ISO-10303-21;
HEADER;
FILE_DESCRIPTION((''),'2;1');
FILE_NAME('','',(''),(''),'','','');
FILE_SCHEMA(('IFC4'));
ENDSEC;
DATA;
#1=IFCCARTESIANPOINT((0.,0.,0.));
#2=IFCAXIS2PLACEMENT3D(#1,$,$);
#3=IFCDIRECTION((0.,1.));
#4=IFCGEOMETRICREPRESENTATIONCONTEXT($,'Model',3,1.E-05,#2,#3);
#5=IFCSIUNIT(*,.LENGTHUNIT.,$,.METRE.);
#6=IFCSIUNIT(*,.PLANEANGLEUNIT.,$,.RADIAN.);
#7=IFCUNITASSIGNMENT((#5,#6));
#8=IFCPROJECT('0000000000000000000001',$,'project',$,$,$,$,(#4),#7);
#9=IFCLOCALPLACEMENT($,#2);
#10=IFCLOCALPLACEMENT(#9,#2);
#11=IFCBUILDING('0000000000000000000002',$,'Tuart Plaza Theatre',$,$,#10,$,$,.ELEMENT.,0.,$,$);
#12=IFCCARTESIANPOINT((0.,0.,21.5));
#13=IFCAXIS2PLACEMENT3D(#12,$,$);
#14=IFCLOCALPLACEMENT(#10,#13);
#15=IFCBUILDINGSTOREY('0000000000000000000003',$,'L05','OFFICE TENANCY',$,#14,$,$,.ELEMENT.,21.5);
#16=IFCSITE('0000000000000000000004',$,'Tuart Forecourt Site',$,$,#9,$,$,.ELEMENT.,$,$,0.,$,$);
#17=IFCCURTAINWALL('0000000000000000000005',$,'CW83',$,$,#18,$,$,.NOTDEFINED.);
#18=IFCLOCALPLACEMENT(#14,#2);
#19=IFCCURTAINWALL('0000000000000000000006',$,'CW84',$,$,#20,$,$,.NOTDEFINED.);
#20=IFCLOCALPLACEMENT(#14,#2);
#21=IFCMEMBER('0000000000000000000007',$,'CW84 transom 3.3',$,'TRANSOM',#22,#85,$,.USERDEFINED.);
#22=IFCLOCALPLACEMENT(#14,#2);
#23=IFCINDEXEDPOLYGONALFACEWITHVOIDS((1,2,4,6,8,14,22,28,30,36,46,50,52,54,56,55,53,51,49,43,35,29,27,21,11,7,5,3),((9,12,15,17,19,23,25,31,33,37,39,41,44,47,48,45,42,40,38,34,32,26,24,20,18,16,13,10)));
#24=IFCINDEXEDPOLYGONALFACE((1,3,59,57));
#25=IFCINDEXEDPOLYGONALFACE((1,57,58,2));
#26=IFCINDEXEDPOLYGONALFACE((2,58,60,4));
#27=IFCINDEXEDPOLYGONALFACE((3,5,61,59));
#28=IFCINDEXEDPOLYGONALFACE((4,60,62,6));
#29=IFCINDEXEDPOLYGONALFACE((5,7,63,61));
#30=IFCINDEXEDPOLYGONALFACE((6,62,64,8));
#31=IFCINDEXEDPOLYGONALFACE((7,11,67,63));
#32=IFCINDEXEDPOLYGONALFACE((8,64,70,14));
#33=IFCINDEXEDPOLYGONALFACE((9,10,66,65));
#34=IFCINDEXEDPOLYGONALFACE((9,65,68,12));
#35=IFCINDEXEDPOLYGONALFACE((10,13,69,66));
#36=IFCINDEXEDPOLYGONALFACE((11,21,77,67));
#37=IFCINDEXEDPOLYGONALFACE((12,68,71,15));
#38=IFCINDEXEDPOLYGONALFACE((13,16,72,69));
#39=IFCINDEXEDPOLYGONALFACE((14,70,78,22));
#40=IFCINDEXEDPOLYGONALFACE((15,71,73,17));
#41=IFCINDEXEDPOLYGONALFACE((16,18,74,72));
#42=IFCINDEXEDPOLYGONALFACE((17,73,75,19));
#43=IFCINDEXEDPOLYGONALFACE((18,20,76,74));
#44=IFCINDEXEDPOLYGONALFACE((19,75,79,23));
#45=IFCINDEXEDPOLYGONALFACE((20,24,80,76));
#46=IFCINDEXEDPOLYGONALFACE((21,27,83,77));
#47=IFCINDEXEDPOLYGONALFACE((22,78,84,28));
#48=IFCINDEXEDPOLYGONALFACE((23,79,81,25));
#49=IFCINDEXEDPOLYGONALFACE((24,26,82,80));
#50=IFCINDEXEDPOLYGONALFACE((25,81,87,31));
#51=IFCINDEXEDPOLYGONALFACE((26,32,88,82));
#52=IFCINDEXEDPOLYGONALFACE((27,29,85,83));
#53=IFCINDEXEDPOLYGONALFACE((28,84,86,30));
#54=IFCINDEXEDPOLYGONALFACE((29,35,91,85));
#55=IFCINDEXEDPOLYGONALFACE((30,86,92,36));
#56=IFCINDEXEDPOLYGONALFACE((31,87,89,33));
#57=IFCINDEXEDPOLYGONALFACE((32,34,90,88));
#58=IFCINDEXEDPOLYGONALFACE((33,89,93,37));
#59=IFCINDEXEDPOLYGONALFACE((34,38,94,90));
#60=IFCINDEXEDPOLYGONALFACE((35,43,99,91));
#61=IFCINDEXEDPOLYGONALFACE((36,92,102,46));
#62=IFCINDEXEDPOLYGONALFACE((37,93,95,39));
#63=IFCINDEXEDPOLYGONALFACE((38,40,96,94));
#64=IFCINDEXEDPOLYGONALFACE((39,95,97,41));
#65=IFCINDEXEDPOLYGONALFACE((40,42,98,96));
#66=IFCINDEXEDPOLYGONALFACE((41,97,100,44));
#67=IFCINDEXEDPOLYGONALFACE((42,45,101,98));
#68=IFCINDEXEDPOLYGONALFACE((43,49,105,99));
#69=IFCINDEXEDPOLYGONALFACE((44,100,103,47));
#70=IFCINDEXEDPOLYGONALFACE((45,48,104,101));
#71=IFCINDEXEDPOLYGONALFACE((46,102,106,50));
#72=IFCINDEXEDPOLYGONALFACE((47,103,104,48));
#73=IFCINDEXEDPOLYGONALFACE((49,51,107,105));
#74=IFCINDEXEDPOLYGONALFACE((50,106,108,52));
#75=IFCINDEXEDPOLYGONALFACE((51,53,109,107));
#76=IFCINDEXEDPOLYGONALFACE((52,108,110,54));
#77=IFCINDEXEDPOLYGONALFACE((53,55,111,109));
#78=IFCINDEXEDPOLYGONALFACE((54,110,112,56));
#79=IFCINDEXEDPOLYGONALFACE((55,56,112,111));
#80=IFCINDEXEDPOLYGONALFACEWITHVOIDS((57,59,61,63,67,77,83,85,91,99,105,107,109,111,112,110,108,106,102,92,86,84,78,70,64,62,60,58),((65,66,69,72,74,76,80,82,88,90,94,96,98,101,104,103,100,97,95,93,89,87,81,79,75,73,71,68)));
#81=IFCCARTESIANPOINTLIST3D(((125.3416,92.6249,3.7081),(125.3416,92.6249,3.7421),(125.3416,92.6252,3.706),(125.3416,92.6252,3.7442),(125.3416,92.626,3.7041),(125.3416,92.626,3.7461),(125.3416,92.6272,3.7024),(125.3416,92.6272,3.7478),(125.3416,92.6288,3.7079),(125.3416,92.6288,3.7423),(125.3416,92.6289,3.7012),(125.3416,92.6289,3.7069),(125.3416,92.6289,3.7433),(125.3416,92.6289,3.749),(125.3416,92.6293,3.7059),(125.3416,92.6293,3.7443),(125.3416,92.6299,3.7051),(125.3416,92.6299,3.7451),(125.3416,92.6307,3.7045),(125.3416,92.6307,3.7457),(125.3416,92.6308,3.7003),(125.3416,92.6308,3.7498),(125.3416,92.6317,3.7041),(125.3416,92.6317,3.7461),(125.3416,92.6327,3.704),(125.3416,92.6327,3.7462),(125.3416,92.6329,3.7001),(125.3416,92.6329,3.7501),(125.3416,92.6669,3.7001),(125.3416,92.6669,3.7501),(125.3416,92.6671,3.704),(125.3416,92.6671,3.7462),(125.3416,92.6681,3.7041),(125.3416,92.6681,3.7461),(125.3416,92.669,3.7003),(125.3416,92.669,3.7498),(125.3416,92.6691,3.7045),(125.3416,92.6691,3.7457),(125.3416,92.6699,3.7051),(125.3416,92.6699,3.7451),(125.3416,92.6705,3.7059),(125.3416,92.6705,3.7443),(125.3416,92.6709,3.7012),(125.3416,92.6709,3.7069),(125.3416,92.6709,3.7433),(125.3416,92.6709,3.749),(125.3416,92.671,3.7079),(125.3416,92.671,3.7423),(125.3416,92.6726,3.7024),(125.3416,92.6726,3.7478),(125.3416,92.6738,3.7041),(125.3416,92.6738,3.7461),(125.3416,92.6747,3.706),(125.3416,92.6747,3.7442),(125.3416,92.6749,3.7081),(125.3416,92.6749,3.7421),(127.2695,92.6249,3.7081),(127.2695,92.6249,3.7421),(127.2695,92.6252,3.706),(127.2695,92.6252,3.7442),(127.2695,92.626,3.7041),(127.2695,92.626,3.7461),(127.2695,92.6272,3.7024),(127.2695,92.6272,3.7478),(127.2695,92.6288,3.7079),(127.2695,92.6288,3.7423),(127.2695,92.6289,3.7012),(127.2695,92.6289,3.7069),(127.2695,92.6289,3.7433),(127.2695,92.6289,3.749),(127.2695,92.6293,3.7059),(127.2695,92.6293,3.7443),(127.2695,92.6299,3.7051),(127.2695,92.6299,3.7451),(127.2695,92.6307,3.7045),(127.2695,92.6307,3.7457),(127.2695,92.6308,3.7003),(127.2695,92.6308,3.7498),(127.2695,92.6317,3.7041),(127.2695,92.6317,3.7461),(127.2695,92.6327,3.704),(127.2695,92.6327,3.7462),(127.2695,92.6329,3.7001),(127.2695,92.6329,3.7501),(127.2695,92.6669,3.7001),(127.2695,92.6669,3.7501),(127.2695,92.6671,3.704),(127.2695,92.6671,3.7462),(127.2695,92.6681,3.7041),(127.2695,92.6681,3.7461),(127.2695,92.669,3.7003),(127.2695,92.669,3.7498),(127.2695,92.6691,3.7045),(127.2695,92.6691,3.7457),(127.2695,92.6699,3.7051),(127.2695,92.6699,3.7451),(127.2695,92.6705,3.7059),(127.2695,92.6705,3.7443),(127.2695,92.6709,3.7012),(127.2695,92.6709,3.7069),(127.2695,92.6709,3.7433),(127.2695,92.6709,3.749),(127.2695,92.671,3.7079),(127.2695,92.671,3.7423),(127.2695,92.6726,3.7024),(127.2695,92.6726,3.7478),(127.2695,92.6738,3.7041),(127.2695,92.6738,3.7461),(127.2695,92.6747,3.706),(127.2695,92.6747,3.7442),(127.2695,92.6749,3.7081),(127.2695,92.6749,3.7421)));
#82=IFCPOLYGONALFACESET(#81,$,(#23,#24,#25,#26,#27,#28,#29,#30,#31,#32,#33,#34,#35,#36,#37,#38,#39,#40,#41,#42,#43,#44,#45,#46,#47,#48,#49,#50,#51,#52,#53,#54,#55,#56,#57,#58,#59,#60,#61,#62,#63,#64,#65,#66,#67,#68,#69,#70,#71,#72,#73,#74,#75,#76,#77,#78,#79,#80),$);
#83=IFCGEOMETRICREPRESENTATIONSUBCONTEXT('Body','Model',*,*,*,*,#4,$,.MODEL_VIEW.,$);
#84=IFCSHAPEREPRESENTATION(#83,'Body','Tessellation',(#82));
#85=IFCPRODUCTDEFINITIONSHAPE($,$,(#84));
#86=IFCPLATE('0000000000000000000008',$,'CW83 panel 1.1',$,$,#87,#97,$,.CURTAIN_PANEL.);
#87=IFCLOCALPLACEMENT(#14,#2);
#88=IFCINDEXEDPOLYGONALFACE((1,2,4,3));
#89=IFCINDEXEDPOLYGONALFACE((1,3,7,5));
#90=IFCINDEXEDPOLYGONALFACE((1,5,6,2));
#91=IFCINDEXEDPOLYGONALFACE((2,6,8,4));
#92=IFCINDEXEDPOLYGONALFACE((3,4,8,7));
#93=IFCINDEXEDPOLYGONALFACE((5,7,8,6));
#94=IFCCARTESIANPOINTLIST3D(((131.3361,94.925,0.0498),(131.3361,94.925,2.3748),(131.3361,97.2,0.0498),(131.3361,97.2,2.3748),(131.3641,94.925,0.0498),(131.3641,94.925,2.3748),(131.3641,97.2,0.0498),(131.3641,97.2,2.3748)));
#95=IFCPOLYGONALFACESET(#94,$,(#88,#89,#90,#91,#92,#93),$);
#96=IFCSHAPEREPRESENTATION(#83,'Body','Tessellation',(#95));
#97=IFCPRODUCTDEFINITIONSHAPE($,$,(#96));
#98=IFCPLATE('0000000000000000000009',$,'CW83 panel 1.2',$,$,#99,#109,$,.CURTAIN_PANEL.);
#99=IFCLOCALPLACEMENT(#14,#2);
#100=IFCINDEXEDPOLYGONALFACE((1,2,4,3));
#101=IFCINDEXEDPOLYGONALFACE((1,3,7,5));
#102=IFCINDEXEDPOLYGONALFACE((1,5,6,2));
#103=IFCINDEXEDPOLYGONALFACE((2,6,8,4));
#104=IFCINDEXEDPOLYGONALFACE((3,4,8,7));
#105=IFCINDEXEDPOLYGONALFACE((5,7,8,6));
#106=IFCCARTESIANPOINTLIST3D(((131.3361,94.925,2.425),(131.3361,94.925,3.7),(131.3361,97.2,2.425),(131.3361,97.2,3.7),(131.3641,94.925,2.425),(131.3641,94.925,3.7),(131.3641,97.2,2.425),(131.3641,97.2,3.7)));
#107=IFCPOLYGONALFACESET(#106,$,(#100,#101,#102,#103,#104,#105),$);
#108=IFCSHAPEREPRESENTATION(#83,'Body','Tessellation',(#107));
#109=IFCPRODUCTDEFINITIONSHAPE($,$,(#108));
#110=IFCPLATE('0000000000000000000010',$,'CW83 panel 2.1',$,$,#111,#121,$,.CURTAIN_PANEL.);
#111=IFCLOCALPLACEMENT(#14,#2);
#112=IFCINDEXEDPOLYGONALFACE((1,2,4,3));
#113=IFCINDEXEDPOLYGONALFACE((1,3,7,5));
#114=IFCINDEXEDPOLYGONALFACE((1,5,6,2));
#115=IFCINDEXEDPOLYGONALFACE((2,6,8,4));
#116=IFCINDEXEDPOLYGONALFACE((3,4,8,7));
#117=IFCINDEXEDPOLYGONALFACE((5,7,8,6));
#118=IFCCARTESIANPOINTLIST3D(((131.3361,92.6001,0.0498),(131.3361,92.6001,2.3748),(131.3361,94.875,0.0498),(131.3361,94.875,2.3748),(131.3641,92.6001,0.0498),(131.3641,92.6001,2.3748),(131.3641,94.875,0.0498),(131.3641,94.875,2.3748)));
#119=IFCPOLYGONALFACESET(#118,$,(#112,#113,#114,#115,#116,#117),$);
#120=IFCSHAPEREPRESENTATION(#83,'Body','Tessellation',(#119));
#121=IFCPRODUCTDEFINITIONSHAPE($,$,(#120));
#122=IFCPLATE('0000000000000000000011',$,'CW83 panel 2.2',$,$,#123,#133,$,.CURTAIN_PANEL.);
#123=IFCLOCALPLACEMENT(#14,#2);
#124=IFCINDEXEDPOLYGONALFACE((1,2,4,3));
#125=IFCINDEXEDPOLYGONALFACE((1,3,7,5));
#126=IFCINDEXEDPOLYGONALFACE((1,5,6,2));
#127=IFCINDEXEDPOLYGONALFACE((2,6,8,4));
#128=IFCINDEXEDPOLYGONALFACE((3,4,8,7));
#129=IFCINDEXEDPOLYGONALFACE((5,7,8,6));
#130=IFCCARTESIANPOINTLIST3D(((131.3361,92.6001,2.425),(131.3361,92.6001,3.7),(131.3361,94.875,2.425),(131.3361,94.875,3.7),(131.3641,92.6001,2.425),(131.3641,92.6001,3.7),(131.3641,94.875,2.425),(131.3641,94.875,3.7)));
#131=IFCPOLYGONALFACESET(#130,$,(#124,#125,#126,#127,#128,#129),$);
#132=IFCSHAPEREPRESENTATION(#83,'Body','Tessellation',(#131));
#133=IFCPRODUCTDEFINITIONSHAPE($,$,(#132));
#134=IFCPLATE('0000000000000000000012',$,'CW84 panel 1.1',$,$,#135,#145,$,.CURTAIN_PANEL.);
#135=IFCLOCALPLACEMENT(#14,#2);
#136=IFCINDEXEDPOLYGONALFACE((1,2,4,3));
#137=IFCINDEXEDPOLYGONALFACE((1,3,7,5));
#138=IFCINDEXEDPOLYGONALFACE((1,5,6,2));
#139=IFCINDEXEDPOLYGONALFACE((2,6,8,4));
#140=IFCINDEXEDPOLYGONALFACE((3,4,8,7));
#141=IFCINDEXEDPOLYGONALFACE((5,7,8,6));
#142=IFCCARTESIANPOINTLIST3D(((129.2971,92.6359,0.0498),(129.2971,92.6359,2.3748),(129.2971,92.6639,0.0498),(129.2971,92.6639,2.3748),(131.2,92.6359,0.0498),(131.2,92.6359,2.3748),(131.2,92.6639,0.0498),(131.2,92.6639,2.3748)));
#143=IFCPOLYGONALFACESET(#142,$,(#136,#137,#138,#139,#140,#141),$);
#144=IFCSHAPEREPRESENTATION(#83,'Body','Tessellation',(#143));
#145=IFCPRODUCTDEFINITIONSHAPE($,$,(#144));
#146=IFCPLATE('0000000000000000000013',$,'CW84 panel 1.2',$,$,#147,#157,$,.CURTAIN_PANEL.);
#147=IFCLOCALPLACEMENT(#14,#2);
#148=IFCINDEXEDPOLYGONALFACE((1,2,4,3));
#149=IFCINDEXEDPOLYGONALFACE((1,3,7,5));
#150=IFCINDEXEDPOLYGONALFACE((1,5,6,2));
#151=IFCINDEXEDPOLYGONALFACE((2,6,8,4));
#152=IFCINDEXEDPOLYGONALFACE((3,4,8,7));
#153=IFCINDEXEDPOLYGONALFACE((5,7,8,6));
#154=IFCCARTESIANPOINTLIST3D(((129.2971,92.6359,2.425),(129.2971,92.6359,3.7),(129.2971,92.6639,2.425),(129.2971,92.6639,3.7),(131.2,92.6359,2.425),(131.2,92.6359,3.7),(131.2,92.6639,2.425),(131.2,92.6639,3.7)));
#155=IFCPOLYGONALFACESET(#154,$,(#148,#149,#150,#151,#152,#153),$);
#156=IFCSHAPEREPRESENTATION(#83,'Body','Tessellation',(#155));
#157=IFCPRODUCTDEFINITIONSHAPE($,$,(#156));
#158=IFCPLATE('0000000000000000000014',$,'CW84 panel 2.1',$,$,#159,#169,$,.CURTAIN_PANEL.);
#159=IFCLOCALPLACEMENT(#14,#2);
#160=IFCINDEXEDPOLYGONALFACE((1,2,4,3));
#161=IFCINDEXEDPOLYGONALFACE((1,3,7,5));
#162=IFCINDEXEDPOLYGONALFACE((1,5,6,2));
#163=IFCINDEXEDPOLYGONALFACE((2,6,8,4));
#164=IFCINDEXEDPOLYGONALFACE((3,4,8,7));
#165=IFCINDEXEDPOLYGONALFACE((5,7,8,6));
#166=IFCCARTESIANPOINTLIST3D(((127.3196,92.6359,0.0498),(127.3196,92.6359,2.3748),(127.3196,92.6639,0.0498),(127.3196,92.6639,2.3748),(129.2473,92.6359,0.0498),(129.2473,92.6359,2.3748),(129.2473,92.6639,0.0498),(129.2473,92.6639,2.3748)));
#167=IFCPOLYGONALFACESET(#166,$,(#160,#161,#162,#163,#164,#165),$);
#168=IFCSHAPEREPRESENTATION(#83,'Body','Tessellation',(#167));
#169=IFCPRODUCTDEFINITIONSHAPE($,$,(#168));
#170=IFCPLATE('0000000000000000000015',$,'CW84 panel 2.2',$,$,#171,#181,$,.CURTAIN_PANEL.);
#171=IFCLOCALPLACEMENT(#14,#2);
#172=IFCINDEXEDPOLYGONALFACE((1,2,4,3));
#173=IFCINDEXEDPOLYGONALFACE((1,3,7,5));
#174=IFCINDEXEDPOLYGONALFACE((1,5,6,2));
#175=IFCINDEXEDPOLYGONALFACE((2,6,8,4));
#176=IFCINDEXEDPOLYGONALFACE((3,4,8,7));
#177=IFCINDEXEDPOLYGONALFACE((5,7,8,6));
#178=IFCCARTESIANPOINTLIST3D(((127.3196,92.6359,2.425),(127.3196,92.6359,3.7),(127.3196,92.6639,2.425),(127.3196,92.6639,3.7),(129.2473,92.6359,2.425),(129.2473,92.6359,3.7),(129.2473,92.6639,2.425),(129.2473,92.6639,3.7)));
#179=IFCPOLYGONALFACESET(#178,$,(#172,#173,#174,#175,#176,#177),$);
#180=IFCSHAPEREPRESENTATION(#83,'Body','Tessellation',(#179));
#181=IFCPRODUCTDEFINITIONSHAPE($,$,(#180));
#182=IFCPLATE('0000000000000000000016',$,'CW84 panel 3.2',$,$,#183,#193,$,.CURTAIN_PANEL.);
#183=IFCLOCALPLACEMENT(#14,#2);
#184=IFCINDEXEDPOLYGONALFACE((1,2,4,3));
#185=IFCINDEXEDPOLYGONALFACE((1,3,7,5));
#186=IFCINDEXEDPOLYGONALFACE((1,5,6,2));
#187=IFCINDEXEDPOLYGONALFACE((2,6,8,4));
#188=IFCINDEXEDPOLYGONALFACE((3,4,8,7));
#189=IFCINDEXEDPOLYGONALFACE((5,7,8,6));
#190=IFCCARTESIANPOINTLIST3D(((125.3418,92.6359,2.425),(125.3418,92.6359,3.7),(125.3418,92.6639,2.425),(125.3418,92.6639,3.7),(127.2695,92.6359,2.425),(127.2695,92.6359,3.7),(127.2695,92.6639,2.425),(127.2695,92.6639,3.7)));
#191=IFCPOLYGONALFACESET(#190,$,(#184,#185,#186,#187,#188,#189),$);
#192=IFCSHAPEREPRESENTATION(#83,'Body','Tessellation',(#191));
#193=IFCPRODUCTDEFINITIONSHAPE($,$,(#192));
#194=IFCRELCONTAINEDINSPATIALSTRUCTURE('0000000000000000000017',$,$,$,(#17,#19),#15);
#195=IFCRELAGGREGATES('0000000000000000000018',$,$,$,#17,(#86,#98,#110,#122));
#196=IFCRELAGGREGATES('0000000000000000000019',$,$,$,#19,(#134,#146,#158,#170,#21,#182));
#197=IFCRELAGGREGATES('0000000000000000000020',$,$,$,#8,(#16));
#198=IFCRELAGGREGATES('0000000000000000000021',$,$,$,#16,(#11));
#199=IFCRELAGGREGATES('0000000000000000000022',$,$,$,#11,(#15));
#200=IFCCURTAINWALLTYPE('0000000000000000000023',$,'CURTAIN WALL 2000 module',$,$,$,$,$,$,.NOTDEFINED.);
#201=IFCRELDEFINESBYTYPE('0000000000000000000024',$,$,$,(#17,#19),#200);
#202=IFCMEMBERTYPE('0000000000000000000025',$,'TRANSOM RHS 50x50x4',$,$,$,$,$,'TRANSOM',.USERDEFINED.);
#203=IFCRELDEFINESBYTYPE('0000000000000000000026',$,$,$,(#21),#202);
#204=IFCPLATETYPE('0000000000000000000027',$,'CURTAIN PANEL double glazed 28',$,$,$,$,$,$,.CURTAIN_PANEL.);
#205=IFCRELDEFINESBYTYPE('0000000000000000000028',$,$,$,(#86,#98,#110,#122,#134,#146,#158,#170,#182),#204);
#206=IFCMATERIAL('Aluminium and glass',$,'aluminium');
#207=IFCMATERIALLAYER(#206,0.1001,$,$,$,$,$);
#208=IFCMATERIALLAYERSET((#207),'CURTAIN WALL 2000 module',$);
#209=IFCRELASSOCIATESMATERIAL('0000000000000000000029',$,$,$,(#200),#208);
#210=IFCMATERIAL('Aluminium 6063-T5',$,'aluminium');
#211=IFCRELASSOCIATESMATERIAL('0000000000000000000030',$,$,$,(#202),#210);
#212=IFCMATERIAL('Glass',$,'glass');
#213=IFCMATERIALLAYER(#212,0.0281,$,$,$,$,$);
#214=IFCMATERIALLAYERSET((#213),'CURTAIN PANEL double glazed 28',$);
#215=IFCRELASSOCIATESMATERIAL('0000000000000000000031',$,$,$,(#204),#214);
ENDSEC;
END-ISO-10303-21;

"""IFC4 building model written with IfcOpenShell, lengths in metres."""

from ifc_helpers import new_model, si_unit, direction, frame, origin, origin_2d, place, context, subcontext, project, spatial, rectangle, hollow_rectangle, extrude, material, layer, layer_set, material_profile, profile_set, type_object, element, aggregate, save


model = new_model("IFC4")

# Units and contexts
model_context = context("Model", 3, precision=1e-05, world=origin(), true_north=direction((0.0, 1.0)))
body_context = subcontext(model_context, "Body", "Model", "MODEL_VIEW")
ifc_project = project(units=[si_unit("LENGTHUNIT", "METRE"), si_unit("PLANEANGLEUNIT", "RADIAN")], contexts=[model_context])

# Site, building, storey
site_placement = place(None, origin())
site = spatial("IfcSite", under=ifc_project, at=site_placement, Name="Tuart Forecourt Site", CompositionType="ELEMENT", RefElevation=0.0)
building_placement = place(site_placement, origin())
building = spatial("IfcBuilding", under=site, at=building_placement, Name="Tuart Plaza Theatre", CompositionType="ELEMENT", ElevationOfRefHeight=0.0)
storey_placement = place(building_placement, frame((0.0, 0.0, 21.5)))
storey = spatial("IfcBuildingStorey", under=building, at=storey_placement, Name="L05", Description="OFFICE TENANCY", CompositionType="ELEMENT", Elevation=21.5)

# Curtain wall
ifc_material_1 = material(Name="Aluminium and glass", Category="aluminium")
ifc_layer_1 = layer(ifc_material_1, 0.1001)
ifc_layer_set_1 = layer_set([ifc_layer_1], Name="CURTAIN WALL 2000 module")
curtain_wall_type = type_object("IfcCurtainWallType", Name="CURTAIN WALL 2000 module", PredefinedType="NOTDEFINED", material=ifc_layer_set_1)
curtain_wall_1_placement = place(storey_placement, origin())
curtain_wall_1 = element("IfcCurtainWall", 1, at=curtain_wall_1_placement, inside=storey, type_object=curtain_wall_type, Name="CW83", PredefinedType="NOTDEFINED")

# Curtain wall
curtain_wall_2_placement = place(storey_placement, origin())
curtain_wall_2 = element("IfcCurtainWall", 2, at=curtain_wall_2_placement, inside=storey, type_object=curtain_wall_type, Name="CW84", PredefinedType="NOTDEFINED")

# Member
ifc_material_2 = material(Name="Aluminium 6063-T5", Category="aluminium")
ifc_material_profile_1 = material_profile(ifc_material_2, hollow_rectangle(XDim=0.05, YDim=0.05, WallThickness=0.0039, InnerFilletRadius=0.0039, OuterFilletRadius=0.0081, at=origin_2d()), Name="RHS 50x50x4")
ifc_profile_set_1 = profile_set([ifc_material_profile_1], Name="Aluminium 6063-T5")
member_type_1 = type_object("IfcMemberType", Name="TRANSOM RHS 50x50x4", ElementType="TRANSOM", PredefinedType="USERDEFINED", material=ifc_profile_set_1)
member_1_placement = place(storey_placement, frame((127.2695, 92.6499, 3.7251), z_axis=(-1.0, 0.0, 0.0), x_axis=(0.0, -1.0, 0.0)))
member_1 = element("IfcMember", 3, at=member_1_placement, type_object=member_type_1, Name="CW84 transom 3.3", ObjectType="TRANSOM", PredefinedType="USERDEFINED", context=body_context, shape_type="SweptSolid", body=[
    extrude(hollow_rectangle(XDim=0.05, YDim=0.05, WallThickness=0.0039, InnerFilletRadius=0.0039, OuterFilletRadius=0.0081, at=origin_2d()), origin(), (0.0, 0.0, 1.0), 1.928),
])

# Plates
ifc_material_3 = material(Name="Glass", Category="glass")
ifc_layer_2 = layer(ifc_material_3, 0.0281)
ifc_layer_set_2 = layer_set([ifc_layer_2], Name="CURTAIN PANEL double glazed 28")
plate_type = type_object("IfcPlateType", Name="CURTAIN PANEL double glazed 28", PredefinedType="CURTAIN_PANEL", material=ifc_layer_set_2)
plate_1_placement = place(storey_placement, frame((131.3501, 96.0625, 0.0498), z_axis=(0.0, 0.0, 1.0), x_axis=(0.0, -1.0, 0.0)))
plate_1 = element("IfcPlate", 4, at=plate_1_placement, type_object=plate_type, Name="CW83 panel 1.1", PredefinedType="CURTAIN_PANEL", context=body_context, shape_type="SweptSolid", body=[
    extrude(rectangle(XDim=2.2749, YDim=0.0281, at=origin_2d()), origin(), (0.0, 0.0, 1.0), 2.325),
])
plate_2_placement = place(storey_placement, frame((131.3501, 96.0625, 2.425), z_axis=(0.0, 0.0, 1.0), x_axis=(0.0, -1.0, 0.0)))
plate_2 = element("IfcPlate", 5, at=plate_2_placement, type_object=plate_type, Name="CW83 panel 1.2", PredefinedType="CURTAIN_PANEL", context=body_context, shape_type="SweptSolid", body=[
    extrude(rectangle(XDim=2.2749, YDim=0.0281, at=origin_2d()), origin(), (0.0, 0.0, 1.0), 1.2749),
])
plate_3_placement = place(storey_placement, frame((131.3501, 93.7375, 0.0498), z_axis=(0.0, 0.0, 1.0), x_axis=(0.0, -1.0, 0.0)))
plate_3 = element("IfcPlate", 6, at=plate_3_placement, type_object=plate_type, Name="CW83 panel 2.1", PredefinedType="CURTAIN_PANEL", context=body_context, shape_type="SweptSolid", body=[
    extrude(rectangle(XDim=2.2749, YDim=0.0281, at=origin_2d()), origin(), (0.0, 0.0, 1.0), 2.325),
])
plate_4_placement = place(storey_placement, frame((131.3501, 93.7375, 2.425), z_axis=(0.0, 0.0, 1.0), x_axis=(0.0, -1.0, 0.0)))
plate_4 = element("IfcPlate", 7, at=plate_4_placement, type_object=plate_type, Name="CW83 panel 2.2", PredefinedType="CURTAIN_PANEL", context=body_context, shape_type="SweptSolid", body=[
    extrude(rectangle(XDim=2.2749, YDim=0.0281, at=origin_2d()), origin(), (0.0, 0.0, 1.0), 1.2749),
])
aggregate(curtain_wall_1, [plate_1, plate_2, plate_3, plate_4])
plate_5_placement = place(storey_placement, frame((130.2485, 92.6499, 0.0498), z_axis=(0.0, 0.0, 1.0), x_axis=(-1.0, 0.0, 0.0)))
plate_5 = element("IfcPlate", 8, at=plate_5_placement, type_object=plate_type, Name="CW84 panel 1.1", PredefinedType="CURTAIN_PANEL", context=body_context, shape_type="SweptSolid", body=[
    extrude(rectangle(XDim=1.9028, YDim=0.0281, at=origin_2d()), origin(), (0.0, 0.0, 1.0), 2.325),
])
plate_6_placement = place(storey_placement, frame((130.2485, 92.6499, 2.425), z_axis=(0.0, 0.0, 1.0), x_axis=(-1.0, 0.0, 0.0)))
plate_6 = element("IfcPlate", 9, at=plate_6_placement, type_object=plate_type, Name="CW84 panel 1.2", PredefinedType="CURTAIN_PANEL", context=body_context, shape_type="SweptSolid", body=[
    extrude(rectangle(XDim=1.9028, YDim=0.0281, at=origin_2d()), origin(), (0.0, 0.0, 1.0), 1.2749),
])
plate_7_placement = place(storey_placement, frame((128.2834, 92.6499, 0.0498), z_axis=(0.0, 0.0, 1.0), x_axis=(-1.0, 0.0, 0.0)))
plate_7 = element("IfcPlate", 10, at=plate_7_placement, type_object=plate_type, Name="CW84 panel 2.1", PredefinedType="CURTAIN_PANEL", context=body_context, shape_type="SweptSolid", body=[
    extrude(rectangle(XDim=1.9277, YDim=0.0281, at=origin_2d()), origin(), (0.0, 0.0, 1.0), 2.325),
])
plate_8_placement = place(storey_placement, frame((128.2834, 92.6499, 2.425), z_axis=(0.0, 0.0, 1.0), x_axis=(-1.0, 0.0, 0.0)))
plate_8 = element("IfcPlate", 11, at=plate_8_placement, type_object=plate_type, Name="CW84 panel 2.2", PredefinedType="CURTAIN_PANEL", context=body_context, shape_type="SweptSolid", body=[
    extrude(rectangle(XDim=1.9277, YDim=0.0281, at=origin_2d()), origin(), (0.0, 0.0, 1.0), 1.2749),
])
plate_9_placement = place(storey_placement, frame((126.3057, 92.6499, 2.425), z_axis=(0.0, 0.0, 1.0), x_axis=(-1.0, 0.0, 0.0)))
plate_9 = element("IfcPlate", 12, at=plate_9_placement, type_object=plate_type, Name="CW84 panel 3.2", PredefinedType="CURTAIN_PANEL", context=body_context, shape_type="SweptSolid", body=[
    extrude(rectangle(XDim=1.9277, YDim=0.0281, at=origin_2d()), origin(), (0.0, 0.0, 1.0), 1.2749),
])
aggregate(curtain_wall_2, [plate_5, plate_6, plate_7, plate_8, member_1, plate_9])

save(model, "model.ifc")
